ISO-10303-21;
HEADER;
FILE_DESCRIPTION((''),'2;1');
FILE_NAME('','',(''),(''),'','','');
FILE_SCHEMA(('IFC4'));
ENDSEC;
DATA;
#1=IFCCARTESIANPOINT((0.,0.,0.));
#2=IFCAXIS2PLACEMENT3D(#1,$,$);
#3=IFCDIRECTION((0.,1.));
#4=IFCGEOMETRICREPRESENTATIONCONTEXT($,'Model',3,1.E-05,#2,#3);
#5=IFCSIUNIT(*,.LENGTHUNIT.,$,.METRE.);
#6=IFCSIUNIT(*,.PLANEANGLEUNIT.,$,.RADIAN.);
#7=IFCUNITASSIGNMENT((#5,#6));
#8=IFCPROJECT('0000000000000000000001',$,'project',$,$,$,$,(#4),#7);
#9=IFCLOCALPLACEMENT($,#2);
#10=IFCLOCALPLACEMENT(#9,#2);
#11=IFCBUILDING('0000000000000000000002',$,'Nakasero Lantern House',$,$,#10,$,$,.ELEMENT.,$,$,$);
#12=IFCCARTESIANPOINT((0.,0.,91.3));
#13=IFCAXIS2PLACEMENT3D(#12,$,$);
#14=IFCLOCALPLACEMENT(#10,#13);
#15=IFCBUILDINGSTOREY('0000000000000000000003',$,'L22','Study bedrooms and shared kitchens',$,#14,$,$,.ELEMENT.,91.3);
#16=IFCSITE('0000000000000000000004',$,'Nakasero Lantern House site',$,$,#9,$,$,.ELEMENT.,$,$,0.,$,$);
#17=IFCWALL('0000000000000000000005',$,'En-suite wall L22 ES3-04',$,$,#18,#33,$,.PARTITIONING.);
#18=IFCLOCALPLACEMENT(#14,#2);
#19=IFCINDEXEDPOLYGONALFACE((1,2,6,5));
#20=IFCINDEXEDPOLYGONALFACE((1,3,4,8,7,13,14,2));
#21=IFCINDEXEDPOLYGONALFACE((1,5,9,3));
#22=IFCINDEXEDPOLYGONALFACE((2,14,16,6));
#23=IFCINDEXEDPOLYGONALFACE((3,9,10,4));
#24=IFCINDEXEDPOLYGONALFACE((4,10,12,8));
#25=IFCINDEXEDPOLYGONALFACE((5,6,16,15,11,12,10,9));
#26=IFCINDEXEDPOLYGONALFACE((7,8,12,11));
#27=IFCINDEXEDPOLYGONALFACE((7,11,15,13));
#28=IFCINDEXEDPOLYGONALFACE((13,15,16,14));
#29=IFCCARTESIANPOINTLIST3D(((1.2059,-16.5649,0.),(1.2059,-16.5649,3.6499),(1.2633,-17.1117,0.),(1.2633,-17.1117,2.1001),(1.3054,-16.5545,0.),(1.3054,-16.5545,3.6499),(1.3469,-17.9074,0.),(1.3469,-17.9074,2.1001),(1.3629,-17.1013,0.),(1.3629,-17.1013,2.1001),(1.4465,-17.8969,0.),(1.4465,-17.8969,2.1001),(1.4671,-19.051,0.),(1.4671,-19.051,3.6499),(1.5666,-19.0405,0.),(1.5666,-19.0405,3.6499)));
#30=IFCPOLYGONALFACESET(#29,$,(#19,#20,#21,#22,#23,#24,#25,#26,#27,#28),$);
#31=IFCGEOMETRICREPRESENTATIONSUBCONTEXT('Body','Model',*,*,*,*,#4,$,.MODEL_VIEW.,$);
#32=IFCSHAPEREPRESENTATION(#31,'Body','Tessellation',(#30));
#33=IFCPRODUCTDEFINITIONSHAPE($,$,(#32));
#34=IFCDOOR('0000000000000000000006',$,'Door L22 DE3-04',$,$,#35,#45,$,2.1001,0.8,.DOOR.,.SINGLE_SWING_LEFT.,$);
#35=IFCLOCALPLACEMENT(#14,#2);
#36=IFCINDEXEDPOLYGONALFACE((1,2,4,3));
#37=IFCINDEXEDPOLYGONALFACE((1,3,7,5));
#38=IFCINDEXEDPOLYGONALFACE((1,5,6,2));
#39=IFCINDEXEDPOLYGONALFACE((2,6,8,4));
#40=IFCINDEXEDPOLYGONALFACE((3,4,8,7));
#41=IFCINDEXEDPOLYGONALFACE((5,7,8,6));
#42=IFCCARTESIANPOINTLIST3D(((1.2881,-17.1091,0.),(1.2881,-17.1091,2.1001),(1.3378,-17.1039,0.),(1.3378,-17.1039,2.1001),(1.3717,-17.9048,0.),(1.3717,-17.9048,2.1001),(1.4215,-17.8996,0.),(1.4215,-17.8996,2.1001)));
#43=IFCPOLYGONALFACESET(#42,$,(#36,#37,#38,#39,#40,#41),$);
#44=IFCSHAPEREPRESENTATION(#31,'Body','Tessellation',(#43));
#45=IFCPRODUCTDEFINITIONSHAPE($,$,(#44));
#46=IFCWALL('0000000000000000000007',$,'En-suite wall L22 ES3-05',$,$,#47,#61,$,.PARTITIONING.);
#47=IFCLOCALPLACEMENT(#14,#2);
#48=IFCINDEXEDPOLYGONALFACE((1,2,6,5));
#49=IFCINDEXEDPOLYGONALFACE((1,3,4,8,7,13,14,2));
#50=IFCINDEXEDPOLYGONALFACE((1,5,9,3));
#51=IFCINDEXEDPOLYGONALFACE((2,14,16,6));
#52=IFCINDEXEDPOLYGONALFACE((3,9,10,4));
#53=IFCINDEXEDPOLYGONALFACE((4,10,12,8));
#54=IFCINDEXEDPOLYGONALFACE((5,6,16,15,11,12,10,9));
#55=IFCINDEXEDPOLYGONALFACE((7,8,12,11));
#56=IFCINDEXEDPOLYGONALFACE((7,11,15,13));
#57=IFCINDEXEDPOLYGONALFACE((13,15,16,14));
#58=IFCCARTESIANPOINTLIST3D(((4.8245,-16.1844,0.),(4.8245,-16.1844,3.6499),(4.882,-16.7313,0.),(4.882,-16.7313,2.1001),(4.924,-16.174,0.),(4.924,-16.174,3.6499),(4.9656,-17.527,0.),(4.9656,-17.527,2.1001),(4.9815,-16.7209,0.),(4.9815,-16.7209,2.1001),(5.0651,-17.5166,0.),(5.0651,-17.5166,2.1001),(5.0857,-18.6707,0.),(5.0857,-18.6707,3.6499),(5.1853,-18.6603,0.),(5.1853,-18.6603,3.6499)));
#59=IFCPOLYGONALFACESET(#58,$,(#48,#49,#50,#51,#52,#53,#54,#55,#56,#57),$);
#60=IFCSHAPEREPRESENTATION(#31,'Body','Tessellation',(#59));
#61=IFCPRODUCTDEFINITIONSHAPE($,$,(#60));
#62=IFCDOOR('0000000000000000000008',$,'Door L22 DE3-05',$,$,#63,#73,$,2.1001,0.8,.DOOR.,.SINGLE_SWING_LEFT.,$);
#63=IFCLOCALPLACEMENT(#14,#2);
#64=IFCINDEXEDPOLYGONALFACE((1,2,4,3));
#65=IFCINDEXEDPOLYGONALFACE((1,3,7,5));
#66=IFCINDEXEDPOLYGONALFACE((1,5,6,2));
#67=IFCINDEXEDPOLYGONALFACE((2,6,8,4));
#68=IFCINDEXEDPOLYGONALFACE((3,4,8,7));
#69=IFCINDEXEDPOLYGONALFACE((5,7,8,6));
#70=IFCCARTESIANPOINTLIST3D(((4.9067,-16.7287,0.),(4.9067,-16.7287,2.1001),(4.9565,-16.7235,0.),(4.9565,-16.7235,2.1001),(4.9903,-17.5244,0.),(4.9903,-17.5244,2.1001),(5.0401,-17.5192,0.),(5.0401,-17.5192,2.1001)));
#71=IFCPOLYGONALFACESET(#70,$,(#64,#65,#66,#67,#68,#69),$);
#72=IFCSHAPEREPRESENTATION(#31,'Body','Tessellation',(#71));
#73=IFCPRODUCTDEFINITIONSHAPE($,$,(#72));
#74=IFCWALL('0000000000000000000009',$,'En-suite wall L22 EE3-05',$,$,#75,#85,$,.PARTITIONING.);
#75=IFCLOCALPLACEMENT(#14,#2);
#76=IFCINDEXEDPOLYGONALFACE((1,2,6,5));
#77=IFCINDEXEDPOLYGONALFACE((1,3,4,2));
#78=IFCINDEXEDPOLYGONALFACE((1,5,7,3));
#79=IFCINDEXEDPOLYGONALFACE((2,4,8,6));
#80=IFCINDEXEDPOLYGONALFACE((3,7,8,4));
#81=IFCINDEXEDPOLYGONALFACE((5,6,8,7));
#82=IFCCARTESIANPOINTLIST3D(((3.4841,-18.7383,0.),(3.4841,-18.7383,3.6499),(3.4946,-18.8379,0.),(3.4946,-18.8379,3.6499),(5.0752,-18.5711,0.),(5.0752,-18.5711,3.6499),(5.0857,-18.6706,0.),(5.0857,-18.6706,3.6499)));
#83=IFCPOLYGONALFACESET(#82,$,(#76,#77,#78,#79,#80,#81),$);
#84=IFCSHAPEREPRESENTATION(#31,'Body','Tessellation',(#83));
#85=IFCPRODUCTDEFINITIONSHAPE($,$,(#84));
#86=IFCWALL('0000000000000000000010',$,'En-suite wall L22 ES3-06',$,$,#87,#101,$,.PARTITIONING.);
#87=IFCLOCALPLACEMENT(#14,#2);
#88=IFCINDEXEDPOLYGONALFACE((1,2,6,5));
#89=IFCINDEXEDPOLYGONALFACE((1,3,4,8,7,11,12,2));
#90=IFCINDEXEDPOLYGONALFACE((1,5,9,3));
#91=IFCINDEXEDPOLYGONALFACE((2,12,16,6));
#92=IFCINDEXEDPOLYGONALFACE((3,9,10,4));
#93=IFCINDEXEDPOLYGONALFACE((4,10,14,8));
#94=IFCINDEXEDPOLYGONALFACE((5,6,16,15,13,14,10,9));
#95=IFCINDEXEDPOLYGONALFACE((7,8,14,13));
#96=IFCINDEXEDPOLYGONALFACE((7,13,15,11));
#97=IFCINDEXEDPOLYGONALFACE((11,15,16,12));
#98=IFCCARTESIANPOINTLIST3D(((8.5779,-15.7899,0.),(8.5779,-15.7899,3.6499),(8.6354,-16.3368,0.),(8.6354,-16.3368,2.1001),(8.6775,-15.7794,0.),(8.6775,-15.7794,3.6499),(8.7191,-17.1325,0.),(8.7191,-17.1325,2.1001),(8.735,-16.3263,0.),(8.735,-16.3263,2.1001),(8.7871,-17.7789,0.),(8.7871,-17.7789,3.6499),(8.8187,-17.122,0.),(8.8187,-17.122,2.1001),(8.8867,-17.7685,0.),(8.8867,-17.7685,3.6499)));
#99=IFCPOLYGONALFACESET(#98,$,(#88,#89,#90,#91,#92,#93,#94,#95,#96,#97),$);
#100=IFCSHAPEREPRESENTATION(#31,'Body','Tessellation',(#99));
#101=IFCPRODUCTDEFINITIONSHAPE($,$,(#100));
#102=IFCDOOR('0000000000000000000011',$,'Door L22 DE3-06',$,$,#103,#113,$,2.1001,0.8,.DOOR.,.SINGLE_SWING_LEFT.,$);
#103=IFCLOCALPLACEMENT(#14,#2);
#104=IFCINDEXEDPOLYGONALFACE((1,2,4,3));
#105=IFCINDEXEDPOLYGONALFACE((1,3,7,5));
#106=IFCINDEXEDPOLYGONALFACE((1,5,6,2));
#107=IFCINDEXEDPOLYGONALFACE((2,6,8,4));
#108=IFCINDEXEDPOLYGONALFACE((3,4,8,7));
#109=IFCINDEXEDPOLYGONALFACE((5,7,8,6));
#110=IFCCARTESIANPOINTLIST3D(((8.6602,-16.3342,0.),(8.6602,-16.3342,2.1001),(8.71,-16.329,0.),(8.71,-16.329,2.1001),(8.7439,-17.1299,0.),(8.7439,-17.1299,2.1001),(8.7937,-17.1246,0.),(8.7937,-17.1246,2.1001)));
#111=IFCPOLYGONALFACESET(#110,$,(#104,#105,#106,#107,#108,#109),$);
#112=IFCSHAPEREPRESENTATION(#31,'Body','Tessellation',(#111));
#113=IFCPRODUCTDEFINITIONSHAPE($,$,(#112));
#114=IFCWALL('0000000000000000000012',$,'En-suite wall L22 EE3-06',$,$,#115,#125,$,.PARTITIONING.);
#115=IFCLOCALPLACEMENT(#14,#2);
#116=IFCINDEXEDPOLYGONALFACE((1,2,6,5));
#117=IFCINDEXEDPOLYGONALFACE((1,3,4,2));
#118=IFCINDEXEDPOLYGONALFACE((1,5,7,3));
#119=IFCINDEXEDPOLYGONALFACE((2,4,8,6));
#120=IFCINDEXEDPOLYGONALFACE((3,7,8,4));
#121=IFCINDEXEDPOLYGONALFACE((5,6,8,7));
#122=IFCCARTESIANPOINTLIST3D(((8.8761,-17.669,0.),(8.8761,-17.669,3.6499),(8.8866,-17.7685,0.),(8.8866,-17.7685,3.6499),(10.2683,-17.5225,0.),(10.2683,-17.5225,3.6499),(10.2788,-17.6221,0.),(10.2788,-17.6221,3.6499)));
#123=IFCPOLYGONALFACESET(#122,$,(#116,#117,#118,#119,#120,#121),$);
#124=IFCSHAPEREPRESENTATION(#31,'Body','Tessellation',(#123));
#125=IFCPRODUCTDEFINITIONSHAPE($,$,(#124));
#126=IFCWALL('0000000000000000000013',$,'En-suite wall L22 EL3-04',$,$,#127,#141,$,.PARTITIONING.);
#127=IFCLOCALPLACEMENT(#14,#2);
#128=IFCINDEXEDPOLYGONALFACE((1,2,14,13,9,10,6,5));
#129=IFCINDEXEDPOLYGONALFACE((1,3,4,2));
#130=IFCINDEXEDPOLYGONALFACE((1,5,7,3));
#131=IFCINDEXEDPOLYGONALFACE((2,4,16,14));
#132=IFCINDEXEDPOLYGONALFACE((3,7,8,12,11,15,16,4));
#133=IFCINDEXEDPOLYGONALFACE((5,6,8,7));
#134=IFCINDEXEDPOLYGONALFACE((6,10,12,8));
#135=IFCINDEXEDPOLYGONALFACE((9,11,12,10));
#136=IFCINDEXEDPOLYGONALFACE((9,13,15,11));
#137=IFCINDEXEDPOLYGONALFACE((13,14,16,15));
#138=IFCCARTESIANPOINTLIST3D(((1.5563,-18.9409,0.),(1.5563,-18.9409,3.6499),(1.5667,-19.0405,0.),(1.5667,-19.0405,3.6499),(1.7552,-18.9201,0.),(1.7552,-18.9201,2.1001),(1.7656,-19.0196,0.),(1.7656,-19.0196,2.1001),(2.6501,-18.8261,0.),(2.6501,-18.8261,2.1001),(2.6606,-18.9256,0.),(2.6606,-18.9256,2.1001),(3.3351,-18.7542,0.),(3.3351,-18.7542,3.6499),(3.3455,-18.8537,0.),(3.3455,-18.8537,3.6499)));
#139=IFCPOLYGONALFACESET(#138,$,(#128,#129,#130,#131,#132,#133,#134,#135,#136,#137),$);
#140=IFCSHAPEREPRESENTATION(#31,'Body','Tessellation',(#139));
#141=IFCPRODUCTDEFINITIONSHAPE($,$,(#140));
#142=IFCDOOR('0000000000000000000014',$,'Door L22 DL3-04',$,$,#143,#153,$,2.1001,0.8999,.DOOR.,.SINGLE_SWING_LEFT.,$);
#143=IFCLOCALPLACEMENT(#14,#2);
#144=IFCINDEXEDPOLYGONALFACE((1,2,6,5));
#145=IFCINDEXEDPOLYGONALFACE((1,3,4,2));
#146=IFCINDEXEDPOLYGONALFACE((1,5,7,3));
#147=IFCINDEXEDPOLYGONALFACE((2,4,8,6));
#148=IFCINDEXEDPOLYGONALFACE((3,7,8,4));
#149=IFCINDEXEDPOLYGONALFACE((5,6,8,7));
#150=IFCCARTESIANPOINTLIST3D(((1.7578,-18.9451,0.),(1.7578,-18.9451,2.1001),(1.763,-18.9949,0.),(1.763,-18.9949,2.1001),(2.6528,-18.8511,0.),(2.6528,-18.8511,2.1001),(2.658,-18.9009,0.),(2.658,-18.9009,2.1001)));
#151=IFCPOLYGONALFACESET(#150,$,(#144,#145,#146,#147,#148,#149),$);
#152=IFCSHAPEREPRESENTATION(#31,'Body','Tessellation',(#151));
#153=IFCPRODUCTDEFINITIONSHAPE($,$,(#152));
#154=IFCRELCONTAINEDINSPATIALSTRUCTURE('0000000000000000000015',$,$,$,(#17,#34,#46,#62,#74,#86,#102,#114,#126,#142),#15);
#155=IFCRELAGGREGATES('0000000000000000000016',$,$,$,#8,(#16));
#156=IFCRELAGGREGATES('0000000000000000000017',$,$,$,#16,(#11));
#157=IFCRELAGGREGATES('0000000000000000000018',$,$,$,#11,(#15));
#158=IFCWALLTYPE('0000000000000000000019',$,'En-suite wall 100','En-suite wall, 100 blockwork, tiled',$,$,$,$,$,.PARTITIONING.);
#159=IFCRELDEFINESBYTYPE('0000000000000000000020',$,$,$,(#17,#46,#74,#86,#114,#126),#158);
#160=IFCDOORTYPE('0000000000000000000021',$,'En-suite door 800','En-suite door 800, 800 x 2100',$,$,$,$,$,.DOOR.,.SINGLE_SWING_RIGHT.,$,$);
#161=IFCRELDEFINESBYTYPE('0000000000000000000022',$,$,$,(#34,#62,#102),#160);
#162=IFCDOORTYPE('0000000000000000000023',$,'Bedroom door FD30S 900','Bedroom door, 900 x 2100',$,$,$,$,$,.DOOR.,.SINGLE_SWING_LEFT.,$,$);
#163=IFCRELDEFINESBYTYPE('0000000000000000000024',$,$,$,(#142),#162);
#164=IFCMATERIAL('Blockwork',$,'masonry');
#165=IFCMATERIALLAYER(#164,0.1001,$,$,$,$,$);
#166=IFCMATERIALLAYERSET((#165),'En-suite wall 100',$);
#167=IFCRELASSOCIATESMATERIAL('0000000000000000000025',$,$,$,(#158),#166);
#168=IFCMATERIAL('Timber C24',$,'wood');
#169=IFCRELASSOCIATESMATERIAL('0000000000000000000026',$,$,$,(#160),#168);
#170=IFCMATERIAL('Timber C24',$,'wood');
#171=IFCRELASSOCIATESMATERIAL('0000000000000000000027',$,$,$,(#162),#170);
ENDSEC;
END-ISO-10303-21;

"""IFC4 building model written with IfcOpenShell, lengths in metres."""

from ifc_helpers import new_model, si_unit, direction, frame, frame_2d, origin, place, context, subcontext, project, spatial, rectangle, extrude, material, layer, layer_set, type_object, element, fill, save


model = new_model("IFC4")

# Units and contexts
model_context = context("Model", 3, precision=1e-05, world=origin(), true_north=direction((0.0, 1.0)))
body_context = subcontext(model_context, "Body", "Model", "MODEL_VIEW")
ifc_project = project(units=[si_unit("LENGTHUNIT", "METRE"), si_unit("PLANEANGLEUNIT", "RADIAN")], contexts=[model_context])

# Site, building, storey
site_placement = place(None, origin())
site = spatial("IfcSite", under=ifc_project, at=site_placement, Name="Nakasero Lantern House site", CompositionType="ELEMENT", RefElevation=0.0)
building_placement = place(site_placement, origin())
building = spatial("IfcBuilding", under=site, at=building_placement, Name="Nakasero Lantern House", CompositionType="ELEMENT")
storey_placement = place(building_placement, frame((0.0, 0.0, 91.3)))
storey = spatial("IfcBuildingStorey", under=building, at=storey_placement, Name="L22", Description="Study bedrooms and shared kitchens", CompositionType="ELEMENT", Elevation=91.3)

# Walls, openings, doors
ifc_material_1 = material(Name="Blockwork", Category="masonry")
ifc_layer_1 = layer(ifc_material_1, 0.1001)
ifc_layer_set_1 = layer_set([ifc_layer_1], Name="En-suite wall 100")
wall_type_1 = type_object("IfcWallType", Name="En-suite wall 100", Description="En-suite wall, 100 blockwork, tiled", PredefinedType="PARTITIONING", material=ifc_layer_set_1)
wall_1_placement = place(storey_placement, frame((1.2556, -16.5596, 0.0), z_axis=(0.0, 0.0, 1.0), x_axis=(0.104502, -0.994525, 0.0)))
wall_1 = element("IfcWall", 1, at=wall_1_placement, inside=storey, type_object=wall_type_1, Name="En-suite wall L22 ES3-04", PredefinedType="PARTITIONING", context=body_context, shape_type="SweptSolid", body=[
    extrude(rectangle(XDim=2.4998, YDim=0.1001, at=frame_2d((1.25, 0.0))), origin(), (0.0, 0.0, 1.0), 3.6499),
])
opening_1_placement = place(wall_1_placement, frame((0.55, 0.0, 0.0)))
opening_1 = element("IfcOpeningElement", 2, at=opening_1_placement, cuts=wall_1, PredefinedType="OPENING", context=body_context, shape_type="SweptSolid", body=[
    extrude(rectangle(XDim=0.8, YDim=2.1001, at=frame_2d((0.3999, 1.05))), frame((0.0, 0.0701, 0.0), z_axis=(0.0, -1.0, 0.0), x_axis=(1.0, 0.0, 0.0)), (0.0, 0.0, 1.0), 0.1401),
])
ifc_material_2 = material(Name="Timber C24", Category="wood")
door_type_1 = type_object("IfcDoorType", Name="En-suite door 800", Description="En-suite door 800, 800 x 2100", OperationType="SINGLE_SWING_RIGHT", PredefinedType="DOOR", material=ifc_material_2)
door_1_placement = place(opening_1_placement, origin())
door_1 = element("IfcDoor", 3, at=door_1_placement, inside=storey, type_object=door_type_1, Name="Door L22 DE3-04", OperationType="SINGLE_SWING_LEFT", OverallHeight=2.1001, OverallWidth=0.8, PredefinedType="DOOR", context=body_context, shape_type="SweptSolid", body=[
    extrude(rectangle(XDim=0.8, YDim=2.1001, at=frame_2d((0.3999, 1.05))), frame((0.0, 0.0249, 0.0), z_axis=(0.0, -1.0, 0.0), x_axis=(1.0, 0.0, 0.0)), (0.0, 0.0, 1.0), 0.05),
])
fill(opening_1, door_1)
wall_2_placement = place(storey_placement, frame((4.8743, -16.1792, 0.0), z_axis=(0.0, 0.0, 1.0), x_axis=(0.104492, -0.994526, 0.0)))
wall_2 = element("IfcWall", 4, at=wall_2_placement, inside=storey, type_object=wall_type_1, Name="En-suite wall L22 ES3-05", PredefinedType="PARTITIONING", context=body_context, shape_type="SweptSolid", body=[
    extrude(rectangle(XDim=2.5, YDim=0.1001, at=frame_2d((1.25, 0.0))), origin(), (0.0, 0.0, 1.0), 3.6499),
])
opening_2_placement = place(wall_2_placement, frame((0.55, 0.0, 0.0)))
opening_2 = element("IfcOpeningElement", 5, at=opening_2_placement, cuts=wall_2, PredefinedType="OPENING", context=body_context, shape_type="SweptSolid", body=[
    extrude(rectangle(XDim=0.8, YDim=2.1001, at=frame_2d((0.3999, 1.05))), frame((0.0, 0.0701, 0.0), z_axis=(0.0, -1.0, 0.0), x_axis=(1.0, 0.0, 0.0)), (0.0, 0.0, 1.0), 0.1401),
])
door_2_placement = place(opening_2_placement, origin())
door_2 = element("IfcDoor", 6, at=door_2_placement, inside=storey, type_object=door_type_1, Name="Door L22 DE3-05", OperationType="SINGLE_SWING_LEFT", OverallHeight=2.1001, OverallWidth=0.8, PredefinedType="DOOR", context=body_context, shape_type="SweptSolid", body=[
    extrude(rectangle(XDim=0.8, YDim=2.1001, at=frame_2d((0.3999, 1.05))), frame((0.0, 0.0249, 0.0), z_axis=(0.0, -1.0, 0.0), x_axis=(1.0, 0.0, 0.0)), (0.0, 0.0, 1.0), 0.05),
])
fill(opening_2, door_2)

# Wall
wall_3_placement = place(storey_placement, frame((3.4895, -18.7881, 0.0), z_axis=(0.0, 0.0, 1.0), x_axis=(0.994521, 0.104534, 0.0)))
element("IfcWall", 7, at=wall_3_placement, inside=storey, type_object=wall_type_1, Name="En-suite wall L22 EE3-05", PredefinedType="PARTITIONING", context=body_context, shape_type="SweptSolid", body=[
    extrude(rectangle(XDim=1.5999, YDim=0.1001, at=frame_2d((0.7998, 0.0))), origin(), (0.0, 0.0, 1.0), 3.6499),
])

# Wall, opening, door
wall_4_placement = place(storey_placement, frame((8.6277, -15.7847, 0.0), z_axis=(0.0, 0.0, 1.0), x_axis=(0.104615, -0.994513, 0.0)))
wall_4 = element("IfcWall", 8, at=wall_4_placement, inside=storey, type_object=wall_type_1, Name="En-suite wall L22 ES3-06", PredefinedType="PARTITIONING", context=body_context, shape_type="SweptSolid", body=[
    extrude(rectangle(XDim=2.0, YDim=0.1001, at=frame_2d((1.0, 0.0))), origin(), (0.0, 0.0, 1.0), 3.6499),
])
opening_3_placement = place(wall_4_placement, frame((0.55, 0.0, 0.0)))
opening_3 = element("IfcOpeningElement", 9, at=opening_3_placement, cuts=wall_4, PredefinedType="OPENING", context=body_context, shape_type="SweptSolid", body=[
    extrude(rectangle(XDim=0.8, YDim=2.1001, at=frame_2d((0.3999, 1.05))), frame((0.0, 0.0701, 0.0), z_axis=(0.0, -1.0, 0.0), x_axis=(1.0, 0.0, 0.0)), (0.0, 0.0, 1.0), 0.1401),
])
door_3_placement = place(opening_3_placement, origin())
door_3 = element("IfcDoor", 10, at=door_3_placement, inside=storey, type_object=door_type_1, Name="Door L22 DE3-06", OperationType="SINGLE_SWING_LEFT", OverallHeight=2.1001, OverallWidth=0.8, PredefinedType="DOOR", context=body_context, shape_type="SweptSolid", body=[
    extrude(rectangle(XDim=0.8, YDim=2.1001, at=frame_2d((0.3999, 1.05))), frame((0.0, 0.0249, 0.0), z_axis=(0.0, -1.0, 0.0), x_axis=(1.0, 0.0, 0.0)), (0.0, 0.0, 1.0), 0.05),
])
fill(opening_3, door_3)

# Wall
wall_5_placement = place(storey_placement, frame((8.8813, -17.7188, 0.0), z_axis=(0.0, 0.0, 1.0), x_axis=(0.994511, 0.10463, 0.0)))
element("IfcWall", 11, at=wall_5_placement, inside=storey, type_object=wall_type_1, Name="En-suite wall L22 EE3-06", PredefinedType="PARTITIONING", context=body_context, shape_type="SweptSolid", body=[
    extrude(rectangle(XDim=1.3999, YDim=0.1001, at=frame_2d((0.7, 0.0))), origin(), (0.0, 0.0, 1.0), 3.6499),
])

# Wall, opening, door
wall_6_placement = place(storey_placement, frame((1.5615, -18.9907, 0.0), z_axis=(0.0, 0.0, 1.0), x_axis=(0.994533, 0.104422, 0.0)))
wall_6 = element("IfcWall", 12, at=wall_6_placement, inside=storey, type_object=wall_type_1, Name="En-suite wall L22 EL3-04", PredefinedType="PARTITIONING", context=body_context, shape_type="SweptSolid", body=[
    extrude(rectangle(XDim=1.7886, YDim=0.1001, at=frame_2d((0.8943, 0.0))), origin(), (0.0, 0.0, 1.0), 3.6499),
])
opening_4_placement = place(wall_6_placement, frame((0.2, 0.0, 0.0)))
opening_4 = element("IfcOpeningElement", 13, at=opening_4_placement, cuts=wall_6, PredefinedType="OPENING", context=body_context, shape_type="SweptSolid", body=[
    extrude(rectangle(XDim=0.8999, YDim=2.1001, at=frame_2d((0.45, 1.05))), frame((0.0, 0.0701, 0.0), z_axis=(0.0, -1.0, 0.0), x_axis=(1.0, 0.0, 0.0)), (0.0, 0.0, 1.0), 0.1401),
])
ifc_material_3 = material(Name="Timber C24", Category="wood")
door_type_2 = type_object("IfcDoorType", Name="Bedroom door FD30S 900", Description="Bedroom door, 900 x 2100", OperationType="SINGLE_SWING_LEFT", PredefinedType="DOOR", material=ifc_material_3)
door_4_placement = place(opening_4_placement, origin())
door_4 = element("IfcDoor", 14, at=door_4_placement, inside=storey, type_object=door_type_2, Name="Door L22 DL3-04", OperationType="SINGLE_SWING_LEFT", OverallHeight=2.1001, OverallWidth=0.8999, PredefinedType="DOOR", context=body_context, shape_type="SweptSolid", body=[
    extrude(rectangle(XDim=0.8999, YDim=2.1001, at=frame_2d((0.45, 1.05))), frame((0.0, 0.0249, 0.0), z_axis=(0.0, -1.0, 0.0), x_axis=(1.0, 0.0, 0.0)), (0.0, 0.0, 1.0), 0.05),
])
fill(opening_4, door_4)

save(model, "model.ifc")
